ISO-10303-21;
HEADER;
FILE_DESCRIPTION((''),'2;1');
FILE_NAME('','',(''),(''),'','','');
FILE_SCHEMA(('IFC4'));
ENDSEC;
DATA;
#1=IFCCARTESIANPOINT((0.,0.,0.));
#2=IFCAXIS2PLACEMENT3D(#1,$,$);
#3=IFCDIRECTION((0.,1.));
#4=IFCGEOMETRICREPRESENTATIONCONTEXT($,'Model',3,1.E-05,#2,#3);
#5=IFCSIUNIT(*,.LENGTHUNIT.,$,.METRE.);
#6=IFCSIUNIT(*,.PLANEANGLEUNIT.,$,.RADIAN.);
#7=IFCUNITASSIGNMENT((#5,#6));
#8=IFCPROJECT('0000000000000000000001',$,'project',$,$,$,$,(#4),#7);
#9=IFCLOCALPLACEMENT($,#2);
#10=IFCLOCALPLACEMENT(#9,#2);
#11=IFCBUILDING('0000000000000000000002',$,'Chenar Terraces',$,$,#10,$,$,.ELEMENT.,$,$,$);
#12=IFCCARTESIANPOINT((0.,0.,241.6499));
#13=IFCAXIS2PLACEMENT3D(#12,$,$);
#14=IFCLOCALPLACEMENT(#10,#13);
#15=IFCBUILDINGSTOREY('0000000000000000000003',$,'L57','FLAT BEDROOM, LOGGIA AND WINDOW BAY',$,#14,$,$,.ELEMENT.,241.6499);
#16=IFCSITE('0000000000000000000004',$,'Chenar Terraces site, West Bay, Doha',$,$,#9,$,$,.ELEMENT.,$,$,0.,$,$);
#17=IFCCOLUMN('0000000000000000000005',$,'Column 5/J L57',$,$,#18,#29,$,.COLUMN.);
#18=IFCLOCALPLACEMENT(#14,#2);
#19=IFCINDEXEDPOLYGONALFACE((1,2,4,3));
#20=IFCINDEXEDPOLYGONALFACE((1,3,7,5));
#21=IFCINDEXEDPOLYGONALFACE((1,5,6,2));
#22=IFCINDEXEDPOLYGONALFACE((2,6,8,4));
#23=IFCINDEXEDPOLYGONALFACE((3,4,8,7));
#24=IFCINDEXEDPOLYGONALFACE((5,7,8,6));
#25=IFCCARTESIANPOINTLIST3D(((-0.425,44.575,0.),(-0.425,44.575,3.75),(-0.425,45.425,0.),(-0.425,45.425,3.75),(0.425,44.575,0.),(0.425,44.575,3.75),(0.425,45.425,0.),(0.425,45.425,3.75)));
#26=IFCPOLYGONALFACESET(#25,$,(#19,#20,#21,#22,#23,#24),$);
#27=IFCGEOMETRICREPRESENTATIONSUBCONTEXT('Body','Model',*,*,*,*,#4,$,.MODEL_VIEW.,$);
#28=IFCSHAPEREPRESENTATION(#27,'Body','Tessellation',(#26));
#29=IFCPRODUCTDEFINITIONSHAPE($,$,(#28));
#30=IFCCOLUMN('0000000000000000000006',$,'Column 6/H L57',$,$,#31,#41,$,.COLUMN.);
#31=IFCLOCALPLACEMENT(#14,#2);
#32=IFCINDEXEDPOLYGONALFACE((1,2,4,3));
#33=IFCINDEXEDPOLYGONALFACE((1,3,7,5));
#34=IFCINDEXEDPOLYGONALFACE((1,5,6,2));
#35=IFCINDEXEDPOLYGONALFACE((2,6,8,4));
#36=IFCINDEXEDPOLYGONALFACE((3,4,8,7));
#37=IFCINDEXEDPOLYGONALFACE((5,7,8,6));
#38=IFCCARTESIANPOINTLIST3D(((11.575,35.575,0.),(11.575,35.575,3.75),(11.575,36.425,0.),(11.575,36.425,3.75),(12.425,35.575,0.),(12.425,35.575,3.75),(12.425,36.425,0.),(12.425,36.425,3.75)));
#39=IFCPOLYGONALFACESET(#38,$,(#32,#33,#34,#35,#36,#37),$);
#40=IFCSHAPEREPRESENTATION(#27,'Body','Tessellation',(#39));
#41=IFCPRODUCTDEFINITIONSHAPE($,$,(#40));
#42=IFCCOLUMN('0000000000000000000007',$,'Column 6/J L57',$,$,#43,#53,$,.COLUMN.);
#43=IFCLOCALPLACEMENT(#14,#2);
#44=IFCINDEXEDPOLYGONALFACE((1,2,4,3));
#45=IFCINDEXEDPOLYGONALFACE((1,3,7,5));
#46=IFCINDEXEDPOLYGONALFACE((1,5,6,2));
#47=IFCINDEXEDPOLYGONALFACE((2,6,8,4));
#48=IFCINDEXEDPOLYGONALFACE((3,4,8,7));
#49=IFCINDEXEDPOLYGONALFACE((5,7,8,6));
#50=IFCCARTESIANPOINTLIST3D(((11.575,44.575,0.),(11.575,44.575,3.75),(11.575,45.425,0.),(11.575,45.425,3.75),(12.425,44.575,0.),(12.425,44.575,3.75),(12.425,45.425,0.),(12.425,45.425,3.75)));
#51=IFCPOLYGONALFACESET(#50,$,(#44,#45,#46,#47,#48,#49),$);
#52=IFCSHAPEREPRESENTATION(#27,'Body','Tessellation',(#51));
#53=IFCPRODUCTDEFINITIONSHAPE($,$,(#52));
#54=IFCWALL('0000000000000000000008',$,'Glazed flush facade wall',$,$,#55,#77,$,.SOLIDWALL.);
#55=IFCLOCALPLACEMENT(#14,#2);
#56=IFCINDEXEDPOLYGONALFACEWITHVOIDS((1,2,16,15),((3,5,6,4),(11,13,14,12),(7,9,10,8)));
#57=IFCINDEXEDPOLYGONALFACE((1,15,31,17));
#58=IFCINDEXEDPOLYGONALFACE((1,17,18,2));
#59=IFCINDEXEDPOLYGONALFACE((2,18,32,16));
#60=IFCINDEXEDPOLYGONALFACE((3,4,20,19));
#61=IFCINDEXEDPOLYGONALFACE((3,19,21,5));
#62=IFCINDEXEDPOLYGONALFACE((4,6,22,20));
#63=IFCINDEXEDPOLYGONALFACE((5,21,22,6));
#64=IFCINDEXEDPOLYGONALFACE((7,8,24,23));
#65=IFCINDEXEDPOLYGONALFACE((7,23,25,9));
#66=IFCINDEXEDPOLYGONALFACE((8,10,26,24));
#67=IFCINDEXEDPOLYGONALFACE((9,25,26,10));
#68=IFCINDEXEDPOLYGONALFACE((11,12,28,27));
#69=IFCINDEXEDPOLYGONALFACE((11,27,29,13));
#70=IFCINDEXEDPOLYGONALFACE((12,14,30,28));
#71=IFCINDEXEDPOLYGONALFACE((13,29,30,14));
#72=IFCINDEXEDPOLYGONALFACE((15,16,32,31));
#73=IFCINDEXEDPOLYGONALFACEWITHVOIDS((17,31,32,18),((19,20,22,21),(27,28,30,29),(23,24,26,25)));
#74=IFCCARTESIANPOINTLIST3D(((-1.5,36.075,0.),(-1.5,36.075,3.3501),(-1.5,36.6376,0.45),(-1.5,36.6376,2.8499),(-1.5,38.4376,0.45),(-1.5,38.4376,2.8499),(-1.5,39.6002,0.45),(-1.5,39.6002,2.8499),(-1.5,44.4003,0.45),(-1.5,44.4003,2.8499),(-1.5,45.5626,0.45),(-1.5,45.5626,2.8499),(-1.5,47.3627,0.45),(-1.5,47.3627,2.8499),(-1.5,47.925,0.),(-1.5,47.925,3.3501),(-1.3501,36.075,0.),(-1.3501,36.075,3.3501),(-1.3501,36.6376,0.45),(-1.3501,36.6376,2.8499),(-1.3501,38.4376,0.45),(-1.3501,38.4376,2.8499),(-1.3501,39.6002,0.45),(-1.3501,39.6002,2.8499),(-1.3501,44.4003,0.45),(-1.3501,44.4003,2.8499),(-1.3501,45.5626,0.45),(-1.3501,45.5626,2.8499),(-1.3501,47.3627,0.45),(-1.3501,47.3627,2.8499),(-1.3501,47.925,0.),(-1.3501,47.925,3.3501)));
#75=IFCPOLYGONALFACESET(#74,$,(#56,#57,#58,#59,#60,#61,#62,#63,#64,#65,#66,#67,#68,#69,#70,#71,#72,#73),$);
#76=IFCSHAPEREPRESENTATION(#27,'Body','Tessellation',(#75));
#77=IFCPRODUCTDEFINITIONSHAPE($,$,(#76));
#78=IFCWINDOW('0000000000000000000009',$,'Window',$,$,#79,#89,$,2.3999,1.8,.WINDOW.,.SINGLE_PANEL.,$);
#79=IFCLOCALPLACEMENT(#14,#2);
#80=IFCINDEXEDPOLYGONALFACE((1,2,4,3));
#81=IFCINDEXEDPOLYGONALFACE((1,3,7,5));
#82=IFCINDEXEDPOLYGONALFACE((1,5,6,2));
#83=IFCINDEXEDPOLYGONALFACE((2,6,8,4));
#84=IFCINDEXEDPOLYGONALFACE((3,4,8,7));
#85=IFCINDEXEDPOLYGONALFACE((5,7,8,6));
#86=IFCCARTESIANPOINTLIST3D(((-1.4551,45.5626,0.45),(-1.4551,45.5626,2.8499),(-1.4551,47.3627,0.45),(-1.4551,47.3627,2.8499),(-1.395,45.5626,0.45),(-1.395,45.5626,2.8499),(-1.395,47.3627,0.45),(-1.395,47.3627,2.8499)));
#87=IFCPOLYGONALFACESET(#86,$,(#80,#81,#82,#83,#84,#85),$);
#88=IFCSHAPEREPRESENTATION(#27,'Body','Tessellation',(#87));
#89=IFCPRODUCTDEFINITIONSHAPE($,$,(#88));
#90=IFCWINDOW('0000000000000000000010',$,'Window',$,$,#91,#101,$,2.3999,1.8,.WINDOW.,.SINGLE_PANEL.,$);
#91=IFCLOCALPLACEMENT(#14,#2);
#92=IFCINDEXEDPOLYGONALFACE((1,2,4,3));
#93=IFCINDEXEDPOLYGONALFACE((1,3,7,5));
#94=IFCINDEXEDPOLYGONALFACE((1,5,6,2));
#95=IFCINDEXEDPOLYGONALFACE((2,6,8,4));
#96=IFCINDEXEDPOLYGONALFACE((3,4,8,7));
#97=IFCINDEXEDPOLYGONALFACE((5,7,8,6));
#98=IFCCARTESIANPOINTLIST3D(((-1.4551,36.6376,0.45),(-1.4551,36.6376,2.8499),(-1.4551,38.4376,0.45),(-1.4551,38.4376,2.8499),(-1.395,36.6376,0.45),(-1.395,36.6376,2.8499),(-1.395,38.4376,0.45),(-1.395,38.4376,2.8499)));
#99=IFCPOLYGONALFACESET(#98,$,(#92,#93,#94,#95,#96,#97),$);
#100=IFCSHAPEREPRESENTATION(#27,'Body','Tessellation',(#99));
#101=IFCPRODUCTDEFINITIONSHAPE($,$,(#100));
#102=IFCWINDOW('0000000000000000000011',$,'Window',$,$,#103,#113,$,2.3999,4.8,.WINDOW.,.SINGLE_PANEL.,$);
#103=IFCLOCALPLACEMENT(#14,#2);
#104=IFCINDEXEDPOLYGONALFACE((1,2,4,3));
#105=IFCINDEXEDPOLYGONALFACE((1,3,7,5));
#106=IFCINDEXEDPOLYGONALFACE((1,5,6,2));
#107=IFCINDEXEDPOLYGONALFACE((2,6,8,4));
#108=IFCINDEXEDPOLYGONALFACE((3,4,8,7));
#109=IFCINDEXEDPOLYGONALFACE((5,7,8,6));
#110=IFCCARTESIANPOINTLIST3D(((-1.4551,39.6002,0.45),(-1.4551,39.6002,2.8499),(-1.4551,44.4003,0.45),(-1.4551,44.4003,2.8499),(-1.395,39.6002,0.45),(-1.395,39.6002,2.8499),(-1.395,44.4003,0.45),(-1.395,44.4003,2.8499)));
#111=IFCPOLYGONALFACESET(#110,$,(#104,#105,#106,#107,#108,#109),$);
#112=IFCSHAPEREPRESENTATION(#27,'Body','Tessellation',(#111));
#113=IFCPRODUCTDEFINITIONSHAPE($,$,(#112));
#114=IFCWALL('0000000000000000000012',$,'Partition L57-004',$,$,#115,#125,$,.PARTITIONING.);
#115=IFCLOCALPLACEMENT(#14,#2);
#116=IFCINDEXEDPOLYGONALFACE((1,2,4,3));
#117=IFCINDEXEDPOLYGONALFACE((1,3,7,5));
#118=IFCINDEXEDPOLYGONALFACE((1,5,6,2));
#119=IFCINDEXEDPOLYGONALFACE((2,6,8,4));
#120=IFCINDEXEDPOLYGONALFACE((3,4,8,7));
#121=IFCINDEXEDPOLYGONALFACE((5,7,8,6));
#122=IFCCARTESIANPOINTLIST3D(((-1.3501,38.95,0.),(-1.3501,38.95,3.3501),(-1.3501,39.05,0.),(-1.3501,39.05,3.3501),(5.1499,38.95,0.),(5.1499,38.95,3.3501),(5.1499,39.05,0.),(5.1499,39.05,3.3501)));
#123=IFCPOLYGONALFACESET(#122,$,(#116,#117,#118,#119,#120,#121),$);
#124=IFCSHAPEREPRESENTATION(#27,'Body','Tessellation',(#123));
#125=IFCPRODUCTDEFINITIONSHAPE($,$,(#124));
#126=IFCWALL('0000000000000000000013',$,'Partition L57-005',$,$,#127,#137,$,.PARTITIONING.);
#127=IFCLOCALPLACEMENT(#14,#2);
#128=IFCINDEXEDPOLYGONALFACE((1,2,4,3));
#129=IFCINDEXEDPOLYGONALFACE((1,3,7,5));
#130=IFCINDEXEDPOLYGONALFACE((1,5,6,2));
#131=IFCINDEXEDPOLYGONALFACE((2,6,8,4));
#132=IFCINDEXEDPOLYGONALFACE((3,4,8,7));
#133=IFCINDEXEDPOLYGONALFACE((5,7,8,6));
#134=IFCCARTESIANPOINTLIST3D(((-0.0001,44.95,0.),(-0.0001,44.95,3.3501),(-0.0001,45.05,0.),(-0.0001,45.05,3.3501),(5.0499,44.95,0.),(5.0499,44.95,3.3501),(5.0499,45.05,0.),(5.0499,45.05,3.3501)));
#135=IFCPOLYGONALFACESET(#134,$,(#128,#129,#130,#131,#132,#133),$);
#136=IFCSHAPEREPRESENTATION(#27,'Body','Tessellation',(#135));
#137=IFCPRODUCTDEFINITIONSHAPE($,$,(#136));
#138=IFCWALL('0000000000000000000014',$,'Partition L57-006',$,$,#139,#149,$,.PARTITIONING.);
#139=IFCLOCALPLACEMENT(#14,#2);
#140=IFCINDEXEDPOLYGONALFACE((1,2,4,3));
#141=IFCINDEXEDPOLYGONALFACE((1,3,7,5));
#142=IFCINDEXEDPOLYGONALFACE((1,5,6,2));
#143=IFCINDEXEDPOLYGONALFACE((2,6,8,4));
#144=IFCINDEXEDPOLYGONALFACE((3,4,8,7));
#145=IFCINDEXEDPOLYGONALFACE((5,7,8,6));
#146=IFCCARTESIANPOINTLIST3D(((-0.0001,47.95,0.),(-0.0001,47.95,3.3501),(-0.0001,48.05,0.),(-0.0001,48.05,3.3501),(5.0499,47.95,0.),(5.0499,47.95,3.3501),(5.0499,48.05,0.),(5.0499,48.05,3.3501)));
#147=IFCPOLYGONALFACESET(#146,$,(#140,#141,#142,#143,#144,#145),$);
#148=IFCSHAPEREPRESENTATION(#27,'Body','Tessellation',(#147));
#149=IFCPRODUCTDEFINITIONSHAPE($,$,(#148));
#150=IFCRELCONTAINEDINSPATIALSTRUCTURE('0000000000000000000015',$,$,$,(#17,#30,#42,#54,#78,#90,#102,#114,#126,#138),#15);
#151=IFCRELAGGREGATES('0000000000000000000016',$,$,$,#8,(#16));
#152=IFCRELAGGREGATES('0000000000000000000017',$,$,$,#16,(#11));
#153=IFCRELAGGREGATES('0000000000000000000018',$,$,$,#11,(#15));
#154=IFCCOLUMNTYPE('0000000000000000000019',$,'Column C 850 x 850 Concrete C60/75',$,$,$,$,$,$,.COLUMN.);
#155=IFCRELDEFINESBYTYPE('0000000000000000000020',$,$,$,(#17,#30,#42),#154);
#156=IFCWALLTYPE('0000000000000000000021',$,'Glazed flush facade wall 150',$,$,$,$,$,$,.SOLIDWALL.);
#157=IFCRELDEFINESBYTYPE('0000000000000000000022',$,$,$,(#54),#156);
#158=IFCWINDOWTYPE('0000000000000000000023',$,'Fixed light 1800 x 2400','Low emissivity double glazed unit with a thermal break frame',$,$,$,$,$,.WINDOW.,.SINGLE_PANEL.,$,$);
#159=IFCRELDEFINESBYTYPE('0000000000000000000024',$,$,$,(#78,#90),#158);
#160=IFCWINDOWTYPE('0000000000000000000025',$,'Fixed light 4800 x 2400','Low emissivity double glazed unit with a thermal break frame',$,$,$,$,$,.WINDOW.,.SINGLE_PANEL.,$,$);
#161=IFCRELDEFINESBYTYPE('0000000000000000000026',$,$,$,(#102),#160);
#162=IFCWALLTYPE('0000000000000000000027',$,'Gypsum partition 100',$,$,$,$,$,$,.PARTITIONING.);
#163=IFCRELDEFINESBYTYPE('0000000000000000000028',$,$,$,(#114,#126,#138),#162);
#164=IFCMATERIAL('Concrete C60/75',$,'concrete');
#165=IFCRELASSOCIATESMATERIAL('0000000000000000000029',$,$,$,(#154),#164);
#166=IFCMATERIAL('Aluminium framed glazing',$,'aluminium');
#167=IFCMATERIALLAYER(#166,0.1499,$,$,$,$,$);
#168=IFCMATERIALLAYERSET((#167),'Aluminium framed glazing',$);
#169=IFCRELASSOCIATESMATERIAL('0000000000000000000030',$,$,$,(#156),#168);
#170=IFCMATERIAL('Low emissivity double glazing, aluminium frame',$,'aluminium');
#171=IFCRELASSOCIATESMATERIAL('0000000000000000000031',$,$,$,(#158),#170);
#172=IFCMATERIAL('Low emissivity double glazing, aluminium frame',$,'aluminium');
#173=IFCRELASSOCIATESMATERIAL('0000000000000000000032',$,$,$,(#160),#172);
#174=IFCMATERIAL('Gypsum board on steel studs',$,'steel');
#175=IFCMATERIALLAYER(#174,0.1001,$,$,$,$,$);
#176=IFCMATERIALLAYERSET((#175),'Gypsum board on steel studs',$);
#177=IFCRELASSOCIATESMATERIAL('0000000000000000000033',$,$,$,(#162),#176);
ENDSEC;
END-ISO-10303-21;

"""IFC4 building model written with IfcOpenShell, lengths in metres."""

from ifc_helpers import new_model, si_unit, direction, frame, frame_2d, origin, origin_2d, place, context, subcontext, project, spatial, rectangle, extrude, material, layer, layer_set, material_profile, profile_set, type_object, element, fill, save


model = new_model("IFC4")

# Units and contexts
model_context = context("Model", 3, precision=1e-05, world=origin(), true_north=direction((0.0, 1.0)))
body_context = subcontext(model_context, "Body", "Model", "MODEL_VIEW")
ifc_project = project(units=[si_unit("LENGTHUNIT", "METRE"), si_unit("PLANEANGLEUNIT", "RADIAN")], contexts=[model_context])

# Site, building, storey
site_placement = place(None, origin())
site = spatial("IfcSite", under=ifc_project, at=site_placement, Name="Chenar Terraces site, West Bay, Doha", CompositionType="ELEMENT", RefElevation=0.0)
building_placement = place(site_placement, origin())
building = spatial("IfcBuilding", under=site, at=building_placement, Name="Chenar Terraces", CompositionType="ELEMENT")
storey_placement = place(building_placement, frame((0.0, 0.0, 241.6499)))
storey = spatial("IfcBuildingStorey", under=building, at=storey_placement, Name="L57", Description="FLAT BEDROOM, LOGGIA AND WINDOW BAY", CompositionType="ELEMENT", Elevation=241.6499)

# Columns
ifc_material_1 = material(Name="Concrete C60/75", Category="concrete")
ifc_material_profile = material_profile(ifc_material_1, rectangle(XDim=0.8501, YDim=0.8501, at=origin_2d()), Name="C 850 x 850")
ifc_profile_set = profile_set([ifc_material_profile], Name="Concrete C60/75")
column_type = type_object("IfcColumnType", Name="Column C 850 x 850 Concrete C60/75", PredefinedType="COLUMN", material=ifc_profile_set)
placement = place(storey_placement, frame((0.0, 45.0, 0.0), z_axis=(0.0, 0.0, 1.0), x_axis=(1.0, 0.0, 0.0)))
element("IfcColumn", 1, at=placement, inside=storey, type_object=column_type, Name="Column 5/J L57", PredefinedType="COLUMN", context=body_context, shape_type="SweptSolid", body=[
    extrude(rectangle(XDim=0.8501, YDim=0.8501, at=origin_2d()), origin(), (0.0, 0.0, 1.0), 3.75),
])
for number, where, z_axis, x_axis, name in (
    (2, (12.0, 36.0, 0.0), (0.0, 0.0, 1.0), (1.0, 0.0, 0.0), "Column 6/H L57"),
    (3, (12.0, 45.0, 0.0), (0.0, 0.0, 1.0), (1.0, 0.0, 0.0), "Column 6/J L57"),
):
    element("IfcColumn", number, at=place(storey_placement, frame(where, z_axis=z_axis, x_axis=x_axis)), inside=storey, type_object=column_type, Name=name, PredefinedType="COLUMN", context=body_context, shape_type="SweptSolid", body=[
        extrude(rectangle(XDim=0.8501, YDim=0.8501, at=origin_2d()), origin(), (0.0, 0.0, 1.0), 3.75),
    ])

# Wall, openings, windows
ifc_material_2 = material(Name="Aluminium framed glazing", Category="aluminium")
ifc_layer_1 = layer(ifc_material_2, 0.1499)
ifc_layer_set_1 = layer_set([ifc_layer_1], Name="Aluminium framed glazing")
wall_type_1 = type_object("IfcWallType", Name="Glazed flush facade wall 150", PredefinedType="SOLIDWALL", material=ifc_layer_set_1)
wall_1_placement = place(storey_placement, frame((-1.425, 47.925, 0.0), z_axis=(0.0, 0.0, 1.0), x_axis=(0.0, -1.0, 0.0)))
wall_1 = element("IfcWall", 4, at=wall_1_placement, inside=storey, type_object=wall_type_1, Name="Glazed flush facade wall", PredefinedType="SOLIDWALL", context=body_context, shape_type="SweptSolid", body=[
    extrude(rectangle(XDim=11.8501, YDim=0.1499, at=frame_2d((5.925, 0.0))), origin(), (0.0, 0.0, 1.0), 3.3501),
])
opening_1_placement = place(wall_1_placement, frame((0.5625, 0.0, 0.45)))
opening_1 = element("IfcOpeningElement", 5, at=opening_1_placement, cuts=wall_1, PredefinedType="OPENING", context=body_context, shape_type="SweptSolid", body=[
    extrude(rectangle(XDim=1.8, YDim=2.3999, at=frame_2d((0.8999, 1.2))), frame((0.0, 0.085, 0.0), z_axis=(0.0, -1.0, 0.0), x_axis=(1.0, 0.0, 0.0)), (0.0, 0.0, 1.0), 0.1699),
])
opening_2_placement = place(wall_1_placement, frame((3.5249, 0.0, 0.45)))
opening_2 = element("IfcOpeningElement", 6, at=opening_2_placement, cuts=wall_1, PredefinedType="OPENING", context=body_context, shape_type="SweptSolid", body=[
    extrude(rectangle(XDim=4.8, YDim=2.3999, at=frame_2d((2.3999, 1.2))), frame((0.0, 0.085, 0.0), z_axis=(0.0, -1.0, 0.0), x_axis=(1.0, 0.0, 0.0)), (0.0, 0.0, 1.0), 0.1699),
])
opening_3_placement = place(wall_1_placement, frame((9.4875, 0.0, 0.45)))
opening_3 = element("IfcOpeningElement", 7, at=opening_3_placement, cuts=wall_1, PredefinedType="OPENING", context=body_context, shape_type="SweptSolid", body=[
    extrude(rectangle(XDim=1.8, YDim=2.3999, at=frame_2d((0.8999, 1.2))), frame((0.0, 0.085, 0.0), z_axis=(0.0, -1.0, 0.0), x_axis=(1.0, 0.0, 0.0)), (0.0, 0.0, 1.0), 0.1699),
])
ifc_material_3 = material(Name="Low emissivity double glazing, aluminium frame", Category="aluminium")
window_type_1 = type_object("IfcWindowType", Name="Fixed light 1800 x 2400", Description="Low emissivity double glazed unit with a thermal break frame", PartitioningType="SINGLE_PANEL", PredefinedType="WINDOW", material=ifc_material_3)
window_1_placement = place(opening_1_placement, origin())
window_1 = element("IfcWindow", 8, at=window_1_placement, inside=storey, type_object=window_type_1, Name="Window", OverallHeight=2.3999, OverallWidth=1.8, PartitioningType="SINGLE_PANEL", PredefinedType="WINDOW", context=body_context, shape_type="SweptSolid", body=[
    extrude(rectangle(XDim=1.8, YDim=2.3999, at=frame_2d((0.8999, 1.2))), frame((0.0, 0.03, 0.0), z_axis=(0.0, -1.0, 0.0), x_axis=(1.0, 0.0, 0.0)), (0.0, 0.0, 1.0), 0.0601),
])
fill(opening_1, window_1)
window_2_placement = place(opening_3_placement, origin())
window_2 = element("IfcWindow", 9, at=window_2_placement, inside=storey, type_object=window_type_1, Name="Window", OverallHeight=2.3999, OverallWidth=1.8, PartitioningType="SINGLE_PANEL", PredefinedType="WINDOW", context=body_context, shape_type="SweptSolid", body=[
    extrude(rectangle(XDim=1.8, YDim=2.3999, at=frame_2d((0.8999, 1.2))), frame((0.0, 0.03, 0.0), z_axis=(0.0, -1.0, 0.0), x_axis=(1.0, 0.0, 0.0)), (0.0, 0.0, 1.0), 0.0601),
])
fill(opening_3, window_2)
ifc_material_4 = material(Name="Low emissivity double glazing, aluminium frame", Category="aluminium")
window_type_2 = type_object("IfcWindowType", Name="Fixed light 4800 x 2400", Description="Low emissivity double glazed unit with a thermal break frame", PartitioningType="SINGLE_PANEL", PredefinedType="WINDOW", material=ifc_material_4)
window_3_placement = place(opening_2_placement, origin())
window_3 = element("IfcWindow", 10, at=window_3_placement, inside=storey, type_object=window_type_2, Name="Window", OverallHeight=2.3999, OverallWidth=4.8, PartitioningType="SINGLE_PANEL", PredefinedType="WINDOW", context=body_context, shape_type="SweptSolid", body=[
    extrude(rectangle(XDim=4.8, YDim=2.3999, at=frame_2d((2.3999, 1.2))), frame((0.0, 0.03, 0.0), z_axis=(0.0, -1.0, 0.0), x_axis=(1.0, 0.0, 0.0)), (0.0, 0.0, 1.0), 0.0601),
])
fill(opening_2, window_3)

# Walls
ifc_material_5 = material(Name="Gypsum board on steel studs", Category="steel")
ifc_layer_2 = layer(ifc_material_5, 0.1001)
ifc_layer_set_2 = layer_set([ifc_layer_2], Name="Gypsum board on steel studs")
wall_type_2 = type_object("IfcWallType", Name="Gypsum partition 100", PredefinedType="PARTITIONING", material=ifc_layer_set_2)
wall_2_placement = place(storey_placement, frame((-1.3501, 39.0, 0.0), z_axis=(0.0, 0.0, 1.0), x_axis=(1.0, 0.0, 0.0)))
element("IfcWall", 11, at=wall_2_placement, inside=storey, type_object=wall_type_2, Name="Partition L57-004", PredefinedType="PARTITIONING", context=body_context, shape_type="SweptSolid", body=[
    extrude(rectangle(XDim=6.5, YDim=0.1001, at=frame_2d((3.25, 0.0))), origin(), (0.0, 0.0, 1.0), 3.3501),
])
element("IfcWall", 12, at=placement, inside=storey, type_object=wall_type_2, Name="Partition L57-005", PredefinedType="PARTITIONING", context=body_context, shape_type="SweptSolid", body=[
    extrude(rectangle(XDim=5.05, YDim=0.1001, at=frame_2d((2.5249, 0.0))), origin(), (0.0, 0.0, 1.0), 3.3501),
])
wall_3_placement = place(storey_placement, frame((0.0, 48.0, 0.0), z_axis=(0.0, 0.0, 1.0), x_axis=(1.0, 0.0, 0.0)))
element("IfcWall", 13, at=wall_3_placement, inside=storey, type_object=wall_type_2, Name="Partition L57-006", PredefinedType="PARTITIONING", context=body_context, shape_type="SweptSolid", body=[
    extrude(rectangle(XDim=5.05, YDim=0.1001, at=frame_2d((2.5249, 0.0))), origin(), (0.0, 0.0, 1.0), 3.3501),
])

save(model, "model.ifc")
